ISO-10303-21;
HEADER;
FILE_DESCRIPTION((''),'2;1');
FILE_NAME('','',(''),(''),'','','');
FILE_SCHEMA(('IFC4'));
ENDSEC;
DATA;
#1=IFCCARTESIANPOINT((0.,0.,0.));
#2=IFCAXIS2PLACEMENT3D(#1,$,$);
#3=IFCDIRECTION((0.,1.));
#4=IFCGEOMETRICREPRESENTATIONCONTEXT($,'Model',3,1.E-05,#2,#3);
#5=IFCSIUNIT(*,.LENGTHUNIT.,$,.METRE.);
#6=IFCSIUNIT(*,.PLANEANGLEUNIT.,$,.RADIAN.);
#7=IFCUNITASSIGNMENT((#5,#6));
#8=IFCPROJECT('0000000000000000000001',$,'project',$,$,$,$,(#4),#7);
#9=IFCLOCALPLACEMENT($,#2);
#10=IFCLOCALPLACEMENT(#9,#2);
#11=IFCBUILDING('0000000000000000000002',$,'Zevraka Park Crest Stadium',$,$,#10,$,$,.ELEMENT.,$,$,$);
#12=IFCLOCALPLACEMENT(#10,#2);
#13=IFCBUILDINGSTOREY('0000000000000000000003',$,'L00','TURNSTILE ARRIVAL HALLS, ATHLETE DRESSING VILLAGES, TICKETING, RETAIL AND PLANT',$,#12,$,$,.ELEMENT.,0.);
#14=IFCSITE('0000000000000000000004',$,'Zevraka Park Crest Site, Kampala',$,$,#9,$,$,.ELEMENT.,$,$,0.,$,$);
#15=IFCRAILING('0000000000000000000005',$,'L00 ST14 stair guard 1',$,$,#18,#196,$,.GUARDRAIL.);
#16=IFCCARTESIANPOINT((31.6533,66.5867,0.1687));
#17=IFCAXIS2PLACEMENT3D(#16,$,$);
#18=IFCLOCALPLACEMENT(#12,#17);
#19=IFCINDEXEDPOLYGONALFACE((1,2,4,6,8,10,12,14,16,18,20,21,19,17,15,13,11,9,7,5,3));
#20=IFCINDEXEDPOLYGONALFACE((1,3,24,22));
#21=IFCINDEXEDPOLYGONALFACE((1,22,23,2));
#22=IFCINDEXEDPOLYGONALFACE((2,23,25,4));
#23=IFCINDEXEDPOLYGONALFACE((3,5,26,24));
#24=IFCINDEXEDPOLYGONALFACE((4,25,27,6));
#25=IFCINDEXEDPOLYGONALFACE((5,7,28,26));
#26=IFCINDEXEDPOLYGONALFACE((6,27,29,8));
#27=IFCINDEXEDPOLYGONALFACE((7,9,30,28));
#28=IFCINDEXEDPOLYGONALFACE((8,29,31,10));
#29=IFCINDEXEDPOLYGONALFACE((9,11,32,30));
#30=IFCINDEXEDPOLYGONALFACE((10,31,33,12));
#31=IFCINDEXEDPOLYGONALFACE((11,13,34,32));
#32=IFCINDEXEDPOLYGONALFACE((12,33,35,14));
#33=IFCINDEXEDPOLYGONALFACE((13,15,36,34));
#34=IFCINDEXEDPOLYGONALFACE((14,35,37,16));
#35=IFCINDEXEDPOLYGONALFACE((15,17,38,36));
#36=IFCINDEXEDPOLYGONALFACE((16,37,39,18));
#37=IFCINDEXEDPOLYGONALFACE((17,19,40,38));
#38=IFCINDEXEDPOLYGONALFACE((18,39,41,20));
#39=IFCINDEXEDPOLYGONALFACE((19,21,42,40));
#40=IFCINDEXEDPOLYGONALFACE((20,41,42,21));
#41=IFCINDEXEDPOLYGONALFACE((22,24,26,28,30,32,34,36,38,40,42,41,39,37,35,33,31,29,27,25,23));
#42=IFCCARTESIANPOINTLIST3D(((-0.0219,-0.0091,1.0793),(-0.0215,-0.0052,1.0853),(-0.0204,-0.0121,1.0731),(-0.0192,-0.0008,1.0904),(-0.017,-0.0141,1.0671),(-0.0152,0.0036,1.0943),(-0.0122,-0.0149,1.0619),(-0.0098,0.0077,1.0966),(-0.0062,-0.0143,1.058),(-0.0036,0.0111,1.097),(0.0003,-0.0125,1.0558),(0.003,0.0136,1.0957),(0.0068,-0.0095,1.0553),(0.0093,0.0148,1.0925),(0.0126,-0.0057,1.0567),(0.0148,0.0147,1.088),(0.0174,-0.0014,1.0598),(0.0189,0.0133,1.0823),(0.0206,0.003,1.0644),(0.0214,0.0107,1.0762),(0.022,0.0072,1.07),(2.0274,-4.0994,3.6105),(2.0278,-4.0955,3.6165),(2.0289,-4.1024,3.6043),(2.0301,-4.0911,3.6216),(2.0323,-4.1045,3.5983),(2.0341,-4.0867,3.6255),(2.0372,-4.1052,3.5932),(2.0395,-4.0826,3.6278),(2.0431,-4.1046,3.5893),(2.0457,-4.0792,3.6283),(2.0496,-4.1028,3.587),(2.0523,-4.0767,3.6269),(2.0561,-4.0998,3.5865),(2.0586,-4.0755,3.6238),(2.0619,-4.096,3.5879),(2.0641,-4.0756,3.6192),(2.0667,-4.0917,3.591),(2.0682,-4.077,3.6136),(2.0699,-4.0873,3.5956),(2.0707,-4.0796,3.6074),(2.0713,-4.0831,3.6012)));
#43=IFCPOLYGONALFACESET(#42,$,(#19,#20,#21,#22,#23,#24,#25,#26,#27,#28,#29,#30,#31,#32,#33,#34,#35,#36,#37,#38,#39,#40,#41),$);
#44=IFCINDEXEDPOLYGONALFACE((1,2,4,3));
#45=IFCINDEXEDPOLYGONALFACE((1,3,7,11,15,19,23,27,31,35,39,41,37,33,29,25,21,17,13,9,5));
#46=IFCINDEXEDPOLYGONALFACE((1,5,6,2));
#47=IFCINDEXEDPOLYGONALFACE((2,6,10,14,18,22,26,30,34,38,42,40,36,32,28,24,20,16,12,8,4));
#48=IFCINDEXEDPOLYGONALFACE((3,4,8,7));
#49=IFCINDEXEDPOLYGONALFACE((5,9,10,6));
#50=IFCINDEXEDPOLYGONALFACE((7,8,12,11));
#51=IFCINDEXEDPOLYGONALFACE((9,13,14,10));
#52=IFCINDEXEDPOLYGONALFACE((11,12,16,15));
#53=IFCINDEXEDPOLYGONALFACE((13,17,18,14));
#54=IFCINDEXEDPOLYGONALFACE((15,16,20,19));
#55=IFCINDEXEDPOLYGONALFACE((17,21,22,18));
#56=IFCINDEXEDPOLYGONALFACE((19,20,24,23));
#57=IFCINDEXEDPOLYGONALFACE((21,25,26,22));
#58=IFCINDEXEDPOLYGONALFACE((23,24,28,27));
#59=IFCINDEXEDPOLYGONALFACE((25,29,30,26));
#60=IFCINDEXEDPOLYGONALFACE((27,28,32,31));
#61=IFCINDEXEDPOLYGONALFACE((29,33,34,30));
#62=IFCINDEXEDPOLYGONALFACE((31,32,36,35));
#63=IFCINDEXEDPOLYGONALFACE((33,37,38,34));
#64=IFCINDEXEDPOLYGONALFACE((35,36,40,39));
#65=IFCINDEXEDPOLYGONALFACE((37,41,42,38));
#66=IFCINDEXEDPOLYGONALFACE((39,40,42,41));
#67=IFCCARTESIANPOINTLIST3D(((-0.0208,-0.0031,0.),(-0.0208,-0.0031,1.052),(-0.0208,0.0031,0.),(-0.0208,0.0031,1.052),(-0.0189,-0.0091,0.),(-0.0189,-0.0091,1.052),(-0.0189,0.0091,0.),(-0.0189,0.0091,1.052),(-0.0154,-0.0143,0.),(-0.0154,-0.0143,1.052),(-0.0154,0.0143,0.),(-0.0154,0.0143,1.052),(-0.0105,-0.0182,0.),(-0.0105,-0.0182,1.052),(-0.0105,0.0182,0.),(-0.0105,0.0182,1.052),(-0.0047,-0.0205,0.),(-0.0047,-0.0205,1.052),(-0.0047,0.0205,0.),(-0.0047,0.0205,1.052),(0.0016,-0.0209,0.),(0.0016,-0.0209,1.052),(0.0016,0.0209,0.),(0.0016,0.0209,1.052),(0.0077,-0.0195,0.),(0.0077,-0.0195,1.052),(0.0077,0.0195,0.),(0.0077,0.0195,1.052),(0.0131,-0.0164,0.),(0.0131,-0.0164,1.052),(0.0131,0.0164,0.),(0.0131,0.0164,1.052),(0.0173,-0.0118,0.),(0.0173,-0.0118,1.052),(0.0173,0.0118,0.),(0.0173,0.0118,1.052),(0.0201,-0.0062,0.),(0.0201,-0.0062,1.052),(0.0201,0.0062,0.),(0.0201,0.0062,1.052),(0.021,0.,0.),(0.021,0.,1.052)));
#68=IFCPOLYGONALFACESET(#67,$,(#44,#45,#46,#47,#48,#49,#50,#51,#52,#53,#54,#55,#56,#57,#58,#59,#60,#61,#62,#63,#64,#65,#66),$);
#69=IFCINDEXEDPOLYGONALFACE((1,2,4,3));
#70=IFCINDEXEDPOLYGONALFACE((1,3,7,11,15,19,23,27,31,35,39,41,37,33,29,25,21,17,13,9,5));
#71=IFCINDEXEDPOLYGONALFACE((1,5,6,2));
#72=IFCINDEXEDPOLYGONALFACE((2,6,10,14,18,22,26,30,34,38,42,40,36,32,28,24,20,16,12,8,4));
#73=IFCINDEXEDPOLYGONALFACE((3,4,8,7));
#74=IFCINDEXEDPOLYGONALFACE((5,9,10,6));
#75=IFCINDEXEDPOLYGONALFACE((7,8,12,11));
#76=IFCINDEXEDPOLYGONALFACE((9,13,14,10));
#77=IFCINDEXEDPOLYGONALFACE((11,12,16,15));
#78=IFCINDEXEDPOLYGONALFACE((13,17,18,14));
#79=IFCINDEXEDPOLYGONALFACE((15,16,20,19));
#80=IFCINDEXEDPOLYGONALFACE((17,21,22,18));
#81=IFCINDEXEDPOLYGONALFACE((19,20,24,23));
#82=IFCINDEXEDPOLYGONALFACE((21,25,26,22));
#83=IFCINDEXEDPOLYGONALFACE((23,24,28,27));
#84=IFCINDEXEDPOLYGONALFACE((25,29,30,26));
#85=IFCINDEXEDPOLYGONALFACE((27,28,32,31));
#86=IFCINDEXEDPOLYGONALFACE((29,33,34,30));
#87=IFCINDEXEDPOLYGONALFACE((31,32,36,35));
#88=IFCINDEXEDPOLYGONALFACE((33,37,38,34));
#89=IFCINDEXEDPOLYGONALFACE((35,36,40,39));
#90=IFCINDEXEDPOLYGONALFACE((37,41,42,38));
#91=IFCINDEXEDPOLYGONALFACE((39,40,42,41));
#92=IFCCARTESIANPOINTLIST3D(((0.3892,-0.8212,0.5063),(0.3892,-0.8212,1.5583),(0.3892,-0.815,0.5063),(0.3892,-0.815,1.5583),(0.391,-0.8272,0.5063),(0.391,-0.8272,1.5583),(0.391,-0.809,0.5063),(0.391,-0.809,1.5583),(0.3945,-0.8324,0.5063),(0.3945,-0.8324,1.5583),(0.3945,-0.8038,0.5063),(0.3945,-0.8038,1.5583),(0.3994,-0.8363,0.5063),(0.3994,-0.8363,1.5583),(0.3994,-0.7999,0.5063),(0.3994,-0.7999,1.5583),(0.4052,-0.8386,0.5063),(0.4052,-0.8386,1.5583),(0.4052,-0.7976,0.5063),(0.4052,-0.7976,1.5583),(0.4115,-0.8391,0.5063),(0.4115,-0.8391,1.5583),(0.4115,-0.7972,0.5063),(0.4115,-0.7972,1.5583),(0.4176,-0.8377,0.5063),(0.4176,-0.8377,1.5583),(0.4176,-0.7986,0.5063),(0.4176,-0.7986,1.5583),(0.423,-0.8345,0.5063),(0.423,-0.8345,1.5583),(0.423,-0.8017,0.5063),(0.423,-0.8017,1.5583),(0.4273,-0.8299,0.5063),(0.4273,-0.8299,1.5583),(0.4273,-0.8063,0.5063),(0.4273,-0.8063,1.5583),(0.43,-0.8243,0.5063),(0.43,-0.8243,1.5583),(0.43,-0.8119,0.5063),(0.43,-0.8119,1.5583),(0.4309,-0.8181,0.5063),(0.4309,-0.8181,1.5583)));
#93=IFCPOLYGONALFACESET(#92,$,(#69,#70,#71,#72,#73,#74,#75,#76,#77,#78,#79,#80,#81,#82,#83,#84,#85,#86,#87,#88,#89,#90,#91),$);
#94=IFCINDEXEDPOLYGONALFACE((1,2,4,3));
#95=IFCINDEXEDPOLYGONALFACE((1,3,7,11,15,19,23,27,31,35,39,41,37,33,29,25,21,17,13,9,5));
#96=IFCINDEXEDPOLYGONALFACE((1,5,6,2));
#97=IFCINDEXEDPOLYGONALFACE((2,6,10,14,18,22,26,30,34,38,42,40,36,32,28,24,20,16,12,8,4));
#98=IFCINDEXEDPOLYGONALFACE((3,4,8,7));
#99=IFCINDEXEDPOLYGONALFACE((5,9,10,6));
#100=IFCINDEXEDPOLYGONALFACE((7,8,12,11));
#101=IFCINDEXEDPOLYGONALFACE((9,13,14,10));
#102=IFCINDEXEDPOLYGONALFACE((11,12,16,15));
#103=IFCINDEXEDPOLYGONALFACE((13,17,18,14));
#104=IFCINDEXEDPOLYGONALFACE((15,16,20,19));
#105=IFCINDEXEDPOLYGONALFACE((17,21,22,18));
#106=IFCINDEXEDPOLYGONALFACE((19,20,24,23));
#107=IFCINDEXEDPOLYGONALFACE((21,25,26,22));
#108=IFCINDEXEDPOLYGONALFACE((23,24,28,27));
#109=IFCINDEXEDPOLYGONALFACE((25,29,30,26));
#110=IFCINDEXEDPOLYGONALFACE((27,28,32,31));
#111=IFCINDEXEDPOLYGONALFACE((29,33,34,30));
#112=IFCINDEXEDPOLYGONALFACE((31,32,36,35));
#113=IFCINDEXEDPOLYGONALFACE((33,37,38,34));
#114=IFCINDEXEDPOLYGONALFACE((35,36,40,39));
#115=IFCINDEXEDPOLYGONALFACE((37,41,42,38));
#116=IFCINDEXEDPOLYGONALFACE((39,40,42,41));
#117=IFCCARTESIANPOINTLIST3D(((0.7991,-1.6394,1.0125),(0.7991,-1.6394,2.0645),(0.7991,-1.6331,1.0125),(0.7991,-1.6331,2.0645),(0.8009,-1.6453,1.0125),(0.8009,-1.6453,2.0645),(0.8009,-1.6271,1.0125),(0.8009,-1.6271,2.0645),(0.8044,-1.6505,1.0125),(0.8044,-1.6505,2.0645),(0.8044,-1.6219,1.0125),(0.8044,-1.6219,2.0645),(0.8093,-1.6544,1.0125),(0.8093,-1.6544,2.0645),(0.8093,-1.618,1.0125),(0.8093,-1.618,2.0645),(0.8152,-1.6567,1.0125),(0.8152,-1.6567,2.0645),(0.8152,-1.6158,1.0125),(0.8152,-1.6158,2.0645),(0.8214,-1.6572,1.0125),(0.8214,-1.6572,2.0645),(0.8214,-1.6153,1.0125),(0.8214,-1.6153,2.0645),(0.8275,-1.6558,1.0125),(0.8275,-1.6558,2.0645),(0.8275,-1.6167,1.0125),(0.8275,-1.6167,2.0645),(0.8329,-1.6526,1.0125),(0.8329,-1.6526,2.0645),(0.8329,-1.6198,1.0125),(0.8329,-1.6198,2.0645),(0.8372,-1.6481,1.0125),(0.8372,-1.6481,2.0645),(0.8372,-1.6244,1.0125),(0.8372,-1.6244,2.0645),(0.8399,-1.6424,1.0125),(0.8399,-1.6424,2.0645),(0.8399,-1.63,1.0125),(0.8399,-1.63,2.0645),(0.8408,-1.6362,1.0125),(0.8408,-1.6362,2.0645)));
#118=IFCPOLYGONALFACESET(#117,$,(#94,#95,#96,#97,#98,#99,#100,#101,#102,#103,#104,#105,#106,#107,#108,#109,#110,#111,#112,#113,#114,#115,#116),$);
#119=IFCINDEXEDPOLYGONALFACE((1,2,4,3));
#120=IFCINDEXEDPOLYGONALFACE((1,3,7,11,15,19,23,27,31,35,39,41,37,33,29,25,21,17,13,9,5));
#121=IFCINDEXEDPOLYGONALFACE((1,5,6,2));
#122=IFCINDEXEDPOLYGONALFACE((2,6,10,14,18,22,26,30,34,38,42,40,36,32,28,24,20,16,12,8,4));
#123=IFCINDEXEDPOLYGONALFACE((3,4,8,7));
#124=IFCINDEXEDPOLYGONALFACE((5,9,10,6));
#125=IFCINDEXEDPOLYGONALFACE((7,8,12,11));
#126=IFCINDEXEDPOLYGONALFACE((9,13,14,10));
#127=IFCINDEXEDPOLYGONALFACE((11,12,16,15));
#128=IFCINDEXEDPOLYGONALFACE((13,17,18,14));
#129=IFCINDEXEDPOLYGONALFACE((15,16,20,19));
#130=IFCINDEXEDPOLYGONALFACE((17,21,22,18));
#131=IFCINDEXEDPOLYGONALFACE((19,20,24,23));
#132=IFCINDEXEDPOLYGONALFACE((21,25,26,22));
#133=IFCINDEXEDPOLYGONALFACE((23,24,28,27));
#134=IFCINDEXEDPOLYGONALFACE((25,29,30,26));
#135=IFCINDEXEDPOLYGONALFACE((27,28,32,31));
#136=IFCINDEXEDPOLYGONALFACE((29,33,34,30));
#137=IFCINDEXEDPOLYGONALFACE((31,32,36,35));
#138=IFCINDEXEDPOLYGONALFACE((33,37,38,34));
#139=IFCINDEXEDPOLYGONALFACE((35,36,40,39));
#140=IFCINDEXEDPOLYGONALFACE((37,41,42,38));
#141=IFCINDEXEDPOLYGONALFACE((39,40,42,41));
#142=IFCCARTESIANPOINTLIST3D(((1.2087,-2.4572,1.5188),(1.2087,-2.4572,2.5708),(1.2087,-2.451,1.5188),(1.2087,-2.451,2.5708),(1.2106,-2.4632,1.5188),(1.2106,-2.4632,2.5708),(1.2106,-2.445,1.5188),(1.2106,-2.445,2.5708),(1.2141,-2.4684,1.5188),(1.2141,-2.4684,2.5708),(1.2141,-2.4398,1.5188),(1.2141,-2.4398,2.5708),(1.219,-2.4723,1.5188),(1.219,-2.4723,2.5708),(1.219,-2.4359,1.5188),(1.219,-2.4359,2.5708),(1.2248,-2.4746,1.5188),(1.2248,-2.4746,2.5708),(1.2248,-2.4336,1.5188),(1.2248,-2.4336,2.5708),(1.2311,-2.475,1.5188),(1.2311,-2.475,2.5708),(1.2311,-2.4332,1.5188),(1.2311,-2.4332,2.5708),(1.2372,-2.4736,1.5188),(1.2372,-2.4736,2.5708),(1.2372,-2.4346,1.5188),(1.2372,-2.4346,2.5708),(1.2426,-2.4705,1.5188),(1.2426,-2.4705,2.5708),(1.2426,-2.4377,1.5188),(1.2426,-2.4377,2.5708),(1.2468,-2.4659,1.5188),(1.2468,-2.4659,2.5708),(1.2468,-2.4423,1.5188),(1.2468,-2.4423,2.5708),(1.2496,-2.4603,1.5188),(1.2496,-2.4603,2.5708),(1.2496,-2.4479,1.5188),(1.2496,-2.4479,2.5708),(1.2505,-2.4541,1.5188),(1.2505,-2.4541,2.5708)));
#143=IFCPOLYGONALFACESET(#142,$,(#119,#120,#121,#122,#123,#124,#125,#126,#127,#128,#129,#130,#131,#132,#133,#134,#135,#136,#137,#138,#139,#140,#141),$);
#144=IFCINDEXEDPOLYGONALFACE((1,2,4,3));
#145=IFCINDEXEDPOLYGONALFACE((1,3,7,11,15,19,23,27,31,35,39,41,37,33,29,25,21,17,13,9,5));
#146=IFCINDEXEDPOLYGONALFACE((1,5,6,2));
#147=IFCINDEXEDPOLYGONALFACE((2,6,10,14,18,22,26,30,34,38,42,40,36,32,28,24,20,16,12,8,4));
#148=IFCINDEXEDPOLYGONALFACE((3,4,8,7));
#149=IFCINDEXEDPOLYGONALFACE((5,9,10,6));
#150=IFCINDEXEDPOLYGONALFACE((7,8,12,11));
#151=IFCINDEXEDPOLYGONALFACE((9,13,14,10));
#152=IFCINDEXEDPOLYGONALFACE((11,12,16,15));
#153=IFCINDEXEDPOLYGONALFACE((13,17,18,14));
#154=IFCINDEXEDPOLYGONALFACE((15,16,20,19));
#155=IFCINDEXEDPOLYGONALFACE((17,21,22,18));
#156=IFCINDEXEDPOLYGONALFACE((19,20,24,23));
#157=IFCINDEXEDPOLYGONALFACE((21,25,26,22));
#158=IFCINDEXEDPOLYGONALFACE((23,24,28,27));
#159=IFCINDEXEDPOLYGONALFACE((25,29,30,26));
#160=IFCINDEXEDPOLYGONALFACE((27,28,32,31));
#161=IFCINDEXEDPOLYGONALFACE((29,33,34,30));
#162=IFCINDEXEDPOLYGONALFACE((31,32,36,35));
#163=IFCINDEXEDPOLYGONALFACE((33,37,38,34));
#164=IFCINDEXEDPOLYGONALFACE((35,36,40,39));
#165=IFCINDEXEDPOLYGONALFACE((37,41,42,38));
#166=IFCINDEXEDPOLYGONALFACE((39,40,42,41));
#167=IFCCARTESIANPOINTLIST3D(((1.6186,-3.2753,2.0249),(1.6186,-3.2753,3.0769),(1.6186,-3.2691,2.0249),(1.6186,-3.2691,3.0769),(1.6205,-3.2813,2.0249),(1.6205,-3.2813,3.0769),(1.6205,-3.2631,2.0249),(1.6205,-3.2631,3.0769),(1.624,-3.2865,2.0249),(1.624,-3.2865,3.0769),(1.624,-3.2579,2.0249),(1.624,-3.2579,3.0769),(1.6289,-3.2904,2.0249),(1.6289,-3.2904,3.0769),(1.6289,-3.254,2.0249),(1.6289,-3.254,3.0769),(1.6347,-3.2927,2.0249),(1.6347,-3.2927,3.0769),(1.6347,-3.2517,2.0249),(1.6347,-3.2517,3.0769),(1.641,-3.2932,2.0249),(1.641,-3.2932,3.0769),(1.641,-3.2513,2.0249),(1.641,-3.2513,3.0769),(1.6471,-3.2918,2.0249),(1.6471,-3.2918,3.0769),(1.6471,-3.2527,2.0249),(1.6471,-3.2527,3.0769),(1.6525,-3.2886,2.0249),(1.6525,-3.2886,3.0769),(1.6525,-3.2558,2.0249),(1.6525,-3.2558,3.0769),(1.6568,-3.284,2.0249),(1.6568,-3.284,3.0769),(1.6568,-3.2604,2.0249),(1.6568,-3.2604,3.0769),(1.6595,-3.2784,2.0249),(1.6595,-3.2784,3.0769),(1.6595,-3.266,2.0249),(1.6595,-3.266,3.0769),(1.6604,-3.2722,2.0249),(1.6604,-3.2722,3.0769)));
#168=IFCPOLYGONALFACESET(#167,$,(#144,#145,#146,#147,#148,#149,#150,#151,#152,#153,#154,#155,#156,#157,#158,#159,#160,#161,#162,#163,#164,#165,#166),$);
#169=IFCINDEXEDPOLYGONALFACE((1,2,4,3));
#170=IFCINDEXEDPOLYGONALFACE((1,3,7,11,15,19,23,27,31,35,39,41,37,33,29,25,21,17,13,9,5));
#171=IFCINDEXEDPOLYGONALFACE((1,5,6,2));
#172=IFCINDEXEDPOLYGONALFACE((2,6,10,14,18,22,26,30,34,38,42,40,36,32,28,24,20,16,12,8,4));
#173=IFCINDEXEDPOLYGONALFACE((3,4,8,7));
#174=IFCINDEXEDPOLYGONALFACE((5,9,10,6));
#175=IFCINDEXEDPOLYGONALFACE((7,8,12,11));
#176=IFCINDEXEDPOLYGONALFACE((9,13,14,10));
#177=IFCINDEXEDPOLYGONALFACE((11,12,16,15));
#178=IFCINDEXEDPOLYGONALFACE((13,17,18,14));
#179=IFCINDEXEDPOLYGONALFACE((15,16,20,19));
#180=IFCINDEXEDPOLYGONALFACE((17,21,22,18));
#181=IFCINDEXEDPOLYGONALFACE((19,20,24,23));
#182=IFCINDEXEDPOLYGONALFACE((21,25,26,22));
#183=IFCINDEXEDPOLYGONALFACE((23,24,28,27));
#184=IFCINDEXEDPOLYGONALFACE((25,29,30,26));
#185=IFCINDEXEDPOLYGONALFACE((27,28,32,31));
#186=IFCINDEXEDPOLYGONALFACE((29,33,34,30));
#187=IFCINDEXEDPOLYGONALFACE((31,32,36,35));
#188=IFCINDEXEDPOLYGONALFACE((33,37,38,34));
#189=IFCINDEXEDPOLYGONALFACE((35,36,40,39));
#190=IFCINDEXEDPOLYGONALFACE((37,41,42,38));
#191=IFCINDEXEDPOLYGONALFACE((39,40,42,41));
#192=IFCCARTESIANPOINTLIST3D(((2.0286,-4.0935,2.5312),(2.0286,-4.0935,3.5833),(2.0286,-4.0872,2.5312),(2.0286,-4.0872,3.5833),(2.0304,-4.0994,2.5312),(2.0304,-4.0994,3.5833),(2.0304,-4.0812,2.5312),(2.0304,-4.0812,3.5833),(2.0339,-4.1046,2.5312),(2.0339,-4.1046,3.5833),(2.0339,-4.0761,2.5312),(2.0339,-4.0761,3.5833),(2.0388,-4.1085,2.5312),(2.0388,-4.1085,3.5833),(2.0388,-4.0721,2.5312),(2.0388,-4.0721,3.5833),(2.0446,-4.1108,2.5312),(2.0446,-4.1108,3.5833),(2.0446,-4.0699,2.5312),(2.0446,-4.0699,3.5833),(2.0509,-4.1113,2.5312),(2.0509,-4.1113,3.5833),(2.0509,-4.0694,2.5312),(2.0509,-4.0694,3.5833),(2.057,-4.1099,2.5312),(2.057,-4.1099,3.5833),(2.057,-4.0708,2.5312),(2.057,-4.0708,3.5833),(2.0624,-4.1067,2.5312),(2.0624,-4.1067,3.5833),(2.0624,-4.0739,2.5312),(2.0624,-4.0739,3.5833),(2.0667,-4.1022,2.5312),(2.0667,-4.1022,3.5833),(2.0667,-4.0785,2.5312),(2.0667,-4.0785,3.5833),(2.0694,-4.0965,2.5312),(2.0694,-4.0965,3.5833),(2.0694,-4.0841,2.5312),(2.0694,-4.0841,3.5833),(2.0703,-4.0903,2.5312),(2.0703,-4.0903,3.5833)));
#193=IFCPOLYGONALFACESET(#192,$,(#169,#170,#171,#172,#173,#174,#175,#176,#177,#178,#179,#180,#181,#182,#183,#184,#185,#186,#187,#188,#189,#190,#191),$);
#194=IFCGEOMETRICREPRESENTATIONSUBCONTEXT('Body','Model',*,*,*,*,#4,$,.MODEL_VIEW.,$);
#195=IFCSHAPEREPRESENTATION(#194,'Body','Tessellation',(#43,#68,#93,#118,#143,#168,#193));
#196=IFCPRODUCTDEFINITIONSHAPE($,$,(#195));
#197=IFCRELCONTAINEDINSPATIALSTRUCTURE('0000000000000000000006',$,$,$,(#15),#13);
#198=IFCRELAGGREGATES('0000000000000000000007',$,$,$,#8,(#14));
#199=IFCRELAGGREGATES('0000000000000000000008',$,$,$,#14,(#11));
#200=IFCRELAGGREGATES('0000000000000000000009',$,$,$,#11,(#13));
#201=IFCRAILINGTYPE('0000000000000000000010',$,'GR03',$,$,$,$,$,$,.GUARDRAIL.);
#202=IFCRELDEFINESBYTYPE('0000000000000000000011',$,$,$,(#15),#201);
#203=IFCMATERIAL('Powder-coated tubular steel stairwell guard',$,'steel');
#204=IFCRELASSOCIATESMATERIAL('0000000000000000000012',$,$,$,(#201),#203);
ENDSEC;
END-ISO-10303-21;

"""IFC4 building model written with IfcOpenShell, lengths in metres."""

from ifc_helpers import new_model, si_unit, direction, frame, origin, origin_2d, place, context, subcontext, project, spatial, circle, extrude, material, type_object, element, save


model = new_model("IFC4")

# Units and contexts
model_context = context("Model", 3, precision=1e-05, world=origin(), true_north=direction((0.0, 1.0)))
body_context = subcontext(model_context, "Body", "Model", "MODEL_VIEW")
ifc_project = project(units=[si_unit("LENGTHUNIT", "METRE"), si_unit("PLANEANGLEUNIT", "RADIAN")], contexts=[model_context])

# Site, building, storey
site_placement = place(None, origin())
site = spatial("IfcSite", under=ifc_project, at=site_placement, Name="Zevraka Park Crest Site, Kampala", CompositionType="ELEMENT", RefElevation=0.0)
building_placement = place(site_placement, origin())
building = spatial("IfcBuilding", under=site, at=building_placement, Name="Zevraka Park Crest Stadium", CompositionType="ELEMENT")
storey_placement = place(building_placement, origin())
storey = spatial("IfcBuildingStorey", under=building, at=storey_placement, Name="L00", Description="TURNSTILE ARRIVAL HALLS, ATHLETE DRESSING VILLAGES, TICKETING, RETAIL AND PLANT", CompositionType="ELEMENT", Elevation=0.0)

# Railing
ifc_material_1 = material(Name="Powder-coated tubular steel stairwell guard", Category="steel")
railing_type_1 = type_object("IfcRailingType", Name="GR03", PredefinedType="GUARDRAIL", material=ifc_material_1)
railing_1_placement = place(storey_placement, frame((31.6533, 66.5867, 0.1687)))
element("IfcRailing", 1, at=railing_1_placement, inside=storey, type_object=railing_type_1, Name="L00 ST14 stair guard 1", PredefinedType="GUARDRAIL", context=body_context, shape_type="SweptSolid", body=[
    extrude(circle(Radius=0.0239, at=origin_2d()), frame((0.0, 0.0, 1.0762), z_axis=(0.391947, -0.782307, 0.484121), x_axis=(0.894064, 0.447939, 0.0)), (0.0, 0.0, 1.0), 5.2285),
    extrude(circle(Radius=0.021, at=origin_2d()), origin(), (0.0, 0.0, 1.0), 1.052),
    extrude(circle(Radius=0.021, at=origin_2d()), frame((0.4099, -0.8181, 0.5063)), (0.0, 0.0, 1.0), 1.052),
    extrude(circle(Radius=0.021, at=origin_2d()), frame((0.8198, -1.6362, 1.0125)), (0.0, 0.0, 1.0), 1.052),
    extrude(circle(Radius=0.021, at=origin_2d()), frame((1.2295, -2.4541, 1.5188)), (0.0, 0.0, 1.0), 1.052),
    extrude(circle(Radius=0.021, at=origin_2d()), frame((1.6394, -3.2722, 2.0249)), (0.0, 0.0, 1.0), 1.052),
    extrude(circle(Radius=0.021, at=origin_2d()), frame((2.0493, -4.0903, 2.5312)), (0.0, 0.0, 1.0), 1.052),
])

save(model, "model.ifc")
